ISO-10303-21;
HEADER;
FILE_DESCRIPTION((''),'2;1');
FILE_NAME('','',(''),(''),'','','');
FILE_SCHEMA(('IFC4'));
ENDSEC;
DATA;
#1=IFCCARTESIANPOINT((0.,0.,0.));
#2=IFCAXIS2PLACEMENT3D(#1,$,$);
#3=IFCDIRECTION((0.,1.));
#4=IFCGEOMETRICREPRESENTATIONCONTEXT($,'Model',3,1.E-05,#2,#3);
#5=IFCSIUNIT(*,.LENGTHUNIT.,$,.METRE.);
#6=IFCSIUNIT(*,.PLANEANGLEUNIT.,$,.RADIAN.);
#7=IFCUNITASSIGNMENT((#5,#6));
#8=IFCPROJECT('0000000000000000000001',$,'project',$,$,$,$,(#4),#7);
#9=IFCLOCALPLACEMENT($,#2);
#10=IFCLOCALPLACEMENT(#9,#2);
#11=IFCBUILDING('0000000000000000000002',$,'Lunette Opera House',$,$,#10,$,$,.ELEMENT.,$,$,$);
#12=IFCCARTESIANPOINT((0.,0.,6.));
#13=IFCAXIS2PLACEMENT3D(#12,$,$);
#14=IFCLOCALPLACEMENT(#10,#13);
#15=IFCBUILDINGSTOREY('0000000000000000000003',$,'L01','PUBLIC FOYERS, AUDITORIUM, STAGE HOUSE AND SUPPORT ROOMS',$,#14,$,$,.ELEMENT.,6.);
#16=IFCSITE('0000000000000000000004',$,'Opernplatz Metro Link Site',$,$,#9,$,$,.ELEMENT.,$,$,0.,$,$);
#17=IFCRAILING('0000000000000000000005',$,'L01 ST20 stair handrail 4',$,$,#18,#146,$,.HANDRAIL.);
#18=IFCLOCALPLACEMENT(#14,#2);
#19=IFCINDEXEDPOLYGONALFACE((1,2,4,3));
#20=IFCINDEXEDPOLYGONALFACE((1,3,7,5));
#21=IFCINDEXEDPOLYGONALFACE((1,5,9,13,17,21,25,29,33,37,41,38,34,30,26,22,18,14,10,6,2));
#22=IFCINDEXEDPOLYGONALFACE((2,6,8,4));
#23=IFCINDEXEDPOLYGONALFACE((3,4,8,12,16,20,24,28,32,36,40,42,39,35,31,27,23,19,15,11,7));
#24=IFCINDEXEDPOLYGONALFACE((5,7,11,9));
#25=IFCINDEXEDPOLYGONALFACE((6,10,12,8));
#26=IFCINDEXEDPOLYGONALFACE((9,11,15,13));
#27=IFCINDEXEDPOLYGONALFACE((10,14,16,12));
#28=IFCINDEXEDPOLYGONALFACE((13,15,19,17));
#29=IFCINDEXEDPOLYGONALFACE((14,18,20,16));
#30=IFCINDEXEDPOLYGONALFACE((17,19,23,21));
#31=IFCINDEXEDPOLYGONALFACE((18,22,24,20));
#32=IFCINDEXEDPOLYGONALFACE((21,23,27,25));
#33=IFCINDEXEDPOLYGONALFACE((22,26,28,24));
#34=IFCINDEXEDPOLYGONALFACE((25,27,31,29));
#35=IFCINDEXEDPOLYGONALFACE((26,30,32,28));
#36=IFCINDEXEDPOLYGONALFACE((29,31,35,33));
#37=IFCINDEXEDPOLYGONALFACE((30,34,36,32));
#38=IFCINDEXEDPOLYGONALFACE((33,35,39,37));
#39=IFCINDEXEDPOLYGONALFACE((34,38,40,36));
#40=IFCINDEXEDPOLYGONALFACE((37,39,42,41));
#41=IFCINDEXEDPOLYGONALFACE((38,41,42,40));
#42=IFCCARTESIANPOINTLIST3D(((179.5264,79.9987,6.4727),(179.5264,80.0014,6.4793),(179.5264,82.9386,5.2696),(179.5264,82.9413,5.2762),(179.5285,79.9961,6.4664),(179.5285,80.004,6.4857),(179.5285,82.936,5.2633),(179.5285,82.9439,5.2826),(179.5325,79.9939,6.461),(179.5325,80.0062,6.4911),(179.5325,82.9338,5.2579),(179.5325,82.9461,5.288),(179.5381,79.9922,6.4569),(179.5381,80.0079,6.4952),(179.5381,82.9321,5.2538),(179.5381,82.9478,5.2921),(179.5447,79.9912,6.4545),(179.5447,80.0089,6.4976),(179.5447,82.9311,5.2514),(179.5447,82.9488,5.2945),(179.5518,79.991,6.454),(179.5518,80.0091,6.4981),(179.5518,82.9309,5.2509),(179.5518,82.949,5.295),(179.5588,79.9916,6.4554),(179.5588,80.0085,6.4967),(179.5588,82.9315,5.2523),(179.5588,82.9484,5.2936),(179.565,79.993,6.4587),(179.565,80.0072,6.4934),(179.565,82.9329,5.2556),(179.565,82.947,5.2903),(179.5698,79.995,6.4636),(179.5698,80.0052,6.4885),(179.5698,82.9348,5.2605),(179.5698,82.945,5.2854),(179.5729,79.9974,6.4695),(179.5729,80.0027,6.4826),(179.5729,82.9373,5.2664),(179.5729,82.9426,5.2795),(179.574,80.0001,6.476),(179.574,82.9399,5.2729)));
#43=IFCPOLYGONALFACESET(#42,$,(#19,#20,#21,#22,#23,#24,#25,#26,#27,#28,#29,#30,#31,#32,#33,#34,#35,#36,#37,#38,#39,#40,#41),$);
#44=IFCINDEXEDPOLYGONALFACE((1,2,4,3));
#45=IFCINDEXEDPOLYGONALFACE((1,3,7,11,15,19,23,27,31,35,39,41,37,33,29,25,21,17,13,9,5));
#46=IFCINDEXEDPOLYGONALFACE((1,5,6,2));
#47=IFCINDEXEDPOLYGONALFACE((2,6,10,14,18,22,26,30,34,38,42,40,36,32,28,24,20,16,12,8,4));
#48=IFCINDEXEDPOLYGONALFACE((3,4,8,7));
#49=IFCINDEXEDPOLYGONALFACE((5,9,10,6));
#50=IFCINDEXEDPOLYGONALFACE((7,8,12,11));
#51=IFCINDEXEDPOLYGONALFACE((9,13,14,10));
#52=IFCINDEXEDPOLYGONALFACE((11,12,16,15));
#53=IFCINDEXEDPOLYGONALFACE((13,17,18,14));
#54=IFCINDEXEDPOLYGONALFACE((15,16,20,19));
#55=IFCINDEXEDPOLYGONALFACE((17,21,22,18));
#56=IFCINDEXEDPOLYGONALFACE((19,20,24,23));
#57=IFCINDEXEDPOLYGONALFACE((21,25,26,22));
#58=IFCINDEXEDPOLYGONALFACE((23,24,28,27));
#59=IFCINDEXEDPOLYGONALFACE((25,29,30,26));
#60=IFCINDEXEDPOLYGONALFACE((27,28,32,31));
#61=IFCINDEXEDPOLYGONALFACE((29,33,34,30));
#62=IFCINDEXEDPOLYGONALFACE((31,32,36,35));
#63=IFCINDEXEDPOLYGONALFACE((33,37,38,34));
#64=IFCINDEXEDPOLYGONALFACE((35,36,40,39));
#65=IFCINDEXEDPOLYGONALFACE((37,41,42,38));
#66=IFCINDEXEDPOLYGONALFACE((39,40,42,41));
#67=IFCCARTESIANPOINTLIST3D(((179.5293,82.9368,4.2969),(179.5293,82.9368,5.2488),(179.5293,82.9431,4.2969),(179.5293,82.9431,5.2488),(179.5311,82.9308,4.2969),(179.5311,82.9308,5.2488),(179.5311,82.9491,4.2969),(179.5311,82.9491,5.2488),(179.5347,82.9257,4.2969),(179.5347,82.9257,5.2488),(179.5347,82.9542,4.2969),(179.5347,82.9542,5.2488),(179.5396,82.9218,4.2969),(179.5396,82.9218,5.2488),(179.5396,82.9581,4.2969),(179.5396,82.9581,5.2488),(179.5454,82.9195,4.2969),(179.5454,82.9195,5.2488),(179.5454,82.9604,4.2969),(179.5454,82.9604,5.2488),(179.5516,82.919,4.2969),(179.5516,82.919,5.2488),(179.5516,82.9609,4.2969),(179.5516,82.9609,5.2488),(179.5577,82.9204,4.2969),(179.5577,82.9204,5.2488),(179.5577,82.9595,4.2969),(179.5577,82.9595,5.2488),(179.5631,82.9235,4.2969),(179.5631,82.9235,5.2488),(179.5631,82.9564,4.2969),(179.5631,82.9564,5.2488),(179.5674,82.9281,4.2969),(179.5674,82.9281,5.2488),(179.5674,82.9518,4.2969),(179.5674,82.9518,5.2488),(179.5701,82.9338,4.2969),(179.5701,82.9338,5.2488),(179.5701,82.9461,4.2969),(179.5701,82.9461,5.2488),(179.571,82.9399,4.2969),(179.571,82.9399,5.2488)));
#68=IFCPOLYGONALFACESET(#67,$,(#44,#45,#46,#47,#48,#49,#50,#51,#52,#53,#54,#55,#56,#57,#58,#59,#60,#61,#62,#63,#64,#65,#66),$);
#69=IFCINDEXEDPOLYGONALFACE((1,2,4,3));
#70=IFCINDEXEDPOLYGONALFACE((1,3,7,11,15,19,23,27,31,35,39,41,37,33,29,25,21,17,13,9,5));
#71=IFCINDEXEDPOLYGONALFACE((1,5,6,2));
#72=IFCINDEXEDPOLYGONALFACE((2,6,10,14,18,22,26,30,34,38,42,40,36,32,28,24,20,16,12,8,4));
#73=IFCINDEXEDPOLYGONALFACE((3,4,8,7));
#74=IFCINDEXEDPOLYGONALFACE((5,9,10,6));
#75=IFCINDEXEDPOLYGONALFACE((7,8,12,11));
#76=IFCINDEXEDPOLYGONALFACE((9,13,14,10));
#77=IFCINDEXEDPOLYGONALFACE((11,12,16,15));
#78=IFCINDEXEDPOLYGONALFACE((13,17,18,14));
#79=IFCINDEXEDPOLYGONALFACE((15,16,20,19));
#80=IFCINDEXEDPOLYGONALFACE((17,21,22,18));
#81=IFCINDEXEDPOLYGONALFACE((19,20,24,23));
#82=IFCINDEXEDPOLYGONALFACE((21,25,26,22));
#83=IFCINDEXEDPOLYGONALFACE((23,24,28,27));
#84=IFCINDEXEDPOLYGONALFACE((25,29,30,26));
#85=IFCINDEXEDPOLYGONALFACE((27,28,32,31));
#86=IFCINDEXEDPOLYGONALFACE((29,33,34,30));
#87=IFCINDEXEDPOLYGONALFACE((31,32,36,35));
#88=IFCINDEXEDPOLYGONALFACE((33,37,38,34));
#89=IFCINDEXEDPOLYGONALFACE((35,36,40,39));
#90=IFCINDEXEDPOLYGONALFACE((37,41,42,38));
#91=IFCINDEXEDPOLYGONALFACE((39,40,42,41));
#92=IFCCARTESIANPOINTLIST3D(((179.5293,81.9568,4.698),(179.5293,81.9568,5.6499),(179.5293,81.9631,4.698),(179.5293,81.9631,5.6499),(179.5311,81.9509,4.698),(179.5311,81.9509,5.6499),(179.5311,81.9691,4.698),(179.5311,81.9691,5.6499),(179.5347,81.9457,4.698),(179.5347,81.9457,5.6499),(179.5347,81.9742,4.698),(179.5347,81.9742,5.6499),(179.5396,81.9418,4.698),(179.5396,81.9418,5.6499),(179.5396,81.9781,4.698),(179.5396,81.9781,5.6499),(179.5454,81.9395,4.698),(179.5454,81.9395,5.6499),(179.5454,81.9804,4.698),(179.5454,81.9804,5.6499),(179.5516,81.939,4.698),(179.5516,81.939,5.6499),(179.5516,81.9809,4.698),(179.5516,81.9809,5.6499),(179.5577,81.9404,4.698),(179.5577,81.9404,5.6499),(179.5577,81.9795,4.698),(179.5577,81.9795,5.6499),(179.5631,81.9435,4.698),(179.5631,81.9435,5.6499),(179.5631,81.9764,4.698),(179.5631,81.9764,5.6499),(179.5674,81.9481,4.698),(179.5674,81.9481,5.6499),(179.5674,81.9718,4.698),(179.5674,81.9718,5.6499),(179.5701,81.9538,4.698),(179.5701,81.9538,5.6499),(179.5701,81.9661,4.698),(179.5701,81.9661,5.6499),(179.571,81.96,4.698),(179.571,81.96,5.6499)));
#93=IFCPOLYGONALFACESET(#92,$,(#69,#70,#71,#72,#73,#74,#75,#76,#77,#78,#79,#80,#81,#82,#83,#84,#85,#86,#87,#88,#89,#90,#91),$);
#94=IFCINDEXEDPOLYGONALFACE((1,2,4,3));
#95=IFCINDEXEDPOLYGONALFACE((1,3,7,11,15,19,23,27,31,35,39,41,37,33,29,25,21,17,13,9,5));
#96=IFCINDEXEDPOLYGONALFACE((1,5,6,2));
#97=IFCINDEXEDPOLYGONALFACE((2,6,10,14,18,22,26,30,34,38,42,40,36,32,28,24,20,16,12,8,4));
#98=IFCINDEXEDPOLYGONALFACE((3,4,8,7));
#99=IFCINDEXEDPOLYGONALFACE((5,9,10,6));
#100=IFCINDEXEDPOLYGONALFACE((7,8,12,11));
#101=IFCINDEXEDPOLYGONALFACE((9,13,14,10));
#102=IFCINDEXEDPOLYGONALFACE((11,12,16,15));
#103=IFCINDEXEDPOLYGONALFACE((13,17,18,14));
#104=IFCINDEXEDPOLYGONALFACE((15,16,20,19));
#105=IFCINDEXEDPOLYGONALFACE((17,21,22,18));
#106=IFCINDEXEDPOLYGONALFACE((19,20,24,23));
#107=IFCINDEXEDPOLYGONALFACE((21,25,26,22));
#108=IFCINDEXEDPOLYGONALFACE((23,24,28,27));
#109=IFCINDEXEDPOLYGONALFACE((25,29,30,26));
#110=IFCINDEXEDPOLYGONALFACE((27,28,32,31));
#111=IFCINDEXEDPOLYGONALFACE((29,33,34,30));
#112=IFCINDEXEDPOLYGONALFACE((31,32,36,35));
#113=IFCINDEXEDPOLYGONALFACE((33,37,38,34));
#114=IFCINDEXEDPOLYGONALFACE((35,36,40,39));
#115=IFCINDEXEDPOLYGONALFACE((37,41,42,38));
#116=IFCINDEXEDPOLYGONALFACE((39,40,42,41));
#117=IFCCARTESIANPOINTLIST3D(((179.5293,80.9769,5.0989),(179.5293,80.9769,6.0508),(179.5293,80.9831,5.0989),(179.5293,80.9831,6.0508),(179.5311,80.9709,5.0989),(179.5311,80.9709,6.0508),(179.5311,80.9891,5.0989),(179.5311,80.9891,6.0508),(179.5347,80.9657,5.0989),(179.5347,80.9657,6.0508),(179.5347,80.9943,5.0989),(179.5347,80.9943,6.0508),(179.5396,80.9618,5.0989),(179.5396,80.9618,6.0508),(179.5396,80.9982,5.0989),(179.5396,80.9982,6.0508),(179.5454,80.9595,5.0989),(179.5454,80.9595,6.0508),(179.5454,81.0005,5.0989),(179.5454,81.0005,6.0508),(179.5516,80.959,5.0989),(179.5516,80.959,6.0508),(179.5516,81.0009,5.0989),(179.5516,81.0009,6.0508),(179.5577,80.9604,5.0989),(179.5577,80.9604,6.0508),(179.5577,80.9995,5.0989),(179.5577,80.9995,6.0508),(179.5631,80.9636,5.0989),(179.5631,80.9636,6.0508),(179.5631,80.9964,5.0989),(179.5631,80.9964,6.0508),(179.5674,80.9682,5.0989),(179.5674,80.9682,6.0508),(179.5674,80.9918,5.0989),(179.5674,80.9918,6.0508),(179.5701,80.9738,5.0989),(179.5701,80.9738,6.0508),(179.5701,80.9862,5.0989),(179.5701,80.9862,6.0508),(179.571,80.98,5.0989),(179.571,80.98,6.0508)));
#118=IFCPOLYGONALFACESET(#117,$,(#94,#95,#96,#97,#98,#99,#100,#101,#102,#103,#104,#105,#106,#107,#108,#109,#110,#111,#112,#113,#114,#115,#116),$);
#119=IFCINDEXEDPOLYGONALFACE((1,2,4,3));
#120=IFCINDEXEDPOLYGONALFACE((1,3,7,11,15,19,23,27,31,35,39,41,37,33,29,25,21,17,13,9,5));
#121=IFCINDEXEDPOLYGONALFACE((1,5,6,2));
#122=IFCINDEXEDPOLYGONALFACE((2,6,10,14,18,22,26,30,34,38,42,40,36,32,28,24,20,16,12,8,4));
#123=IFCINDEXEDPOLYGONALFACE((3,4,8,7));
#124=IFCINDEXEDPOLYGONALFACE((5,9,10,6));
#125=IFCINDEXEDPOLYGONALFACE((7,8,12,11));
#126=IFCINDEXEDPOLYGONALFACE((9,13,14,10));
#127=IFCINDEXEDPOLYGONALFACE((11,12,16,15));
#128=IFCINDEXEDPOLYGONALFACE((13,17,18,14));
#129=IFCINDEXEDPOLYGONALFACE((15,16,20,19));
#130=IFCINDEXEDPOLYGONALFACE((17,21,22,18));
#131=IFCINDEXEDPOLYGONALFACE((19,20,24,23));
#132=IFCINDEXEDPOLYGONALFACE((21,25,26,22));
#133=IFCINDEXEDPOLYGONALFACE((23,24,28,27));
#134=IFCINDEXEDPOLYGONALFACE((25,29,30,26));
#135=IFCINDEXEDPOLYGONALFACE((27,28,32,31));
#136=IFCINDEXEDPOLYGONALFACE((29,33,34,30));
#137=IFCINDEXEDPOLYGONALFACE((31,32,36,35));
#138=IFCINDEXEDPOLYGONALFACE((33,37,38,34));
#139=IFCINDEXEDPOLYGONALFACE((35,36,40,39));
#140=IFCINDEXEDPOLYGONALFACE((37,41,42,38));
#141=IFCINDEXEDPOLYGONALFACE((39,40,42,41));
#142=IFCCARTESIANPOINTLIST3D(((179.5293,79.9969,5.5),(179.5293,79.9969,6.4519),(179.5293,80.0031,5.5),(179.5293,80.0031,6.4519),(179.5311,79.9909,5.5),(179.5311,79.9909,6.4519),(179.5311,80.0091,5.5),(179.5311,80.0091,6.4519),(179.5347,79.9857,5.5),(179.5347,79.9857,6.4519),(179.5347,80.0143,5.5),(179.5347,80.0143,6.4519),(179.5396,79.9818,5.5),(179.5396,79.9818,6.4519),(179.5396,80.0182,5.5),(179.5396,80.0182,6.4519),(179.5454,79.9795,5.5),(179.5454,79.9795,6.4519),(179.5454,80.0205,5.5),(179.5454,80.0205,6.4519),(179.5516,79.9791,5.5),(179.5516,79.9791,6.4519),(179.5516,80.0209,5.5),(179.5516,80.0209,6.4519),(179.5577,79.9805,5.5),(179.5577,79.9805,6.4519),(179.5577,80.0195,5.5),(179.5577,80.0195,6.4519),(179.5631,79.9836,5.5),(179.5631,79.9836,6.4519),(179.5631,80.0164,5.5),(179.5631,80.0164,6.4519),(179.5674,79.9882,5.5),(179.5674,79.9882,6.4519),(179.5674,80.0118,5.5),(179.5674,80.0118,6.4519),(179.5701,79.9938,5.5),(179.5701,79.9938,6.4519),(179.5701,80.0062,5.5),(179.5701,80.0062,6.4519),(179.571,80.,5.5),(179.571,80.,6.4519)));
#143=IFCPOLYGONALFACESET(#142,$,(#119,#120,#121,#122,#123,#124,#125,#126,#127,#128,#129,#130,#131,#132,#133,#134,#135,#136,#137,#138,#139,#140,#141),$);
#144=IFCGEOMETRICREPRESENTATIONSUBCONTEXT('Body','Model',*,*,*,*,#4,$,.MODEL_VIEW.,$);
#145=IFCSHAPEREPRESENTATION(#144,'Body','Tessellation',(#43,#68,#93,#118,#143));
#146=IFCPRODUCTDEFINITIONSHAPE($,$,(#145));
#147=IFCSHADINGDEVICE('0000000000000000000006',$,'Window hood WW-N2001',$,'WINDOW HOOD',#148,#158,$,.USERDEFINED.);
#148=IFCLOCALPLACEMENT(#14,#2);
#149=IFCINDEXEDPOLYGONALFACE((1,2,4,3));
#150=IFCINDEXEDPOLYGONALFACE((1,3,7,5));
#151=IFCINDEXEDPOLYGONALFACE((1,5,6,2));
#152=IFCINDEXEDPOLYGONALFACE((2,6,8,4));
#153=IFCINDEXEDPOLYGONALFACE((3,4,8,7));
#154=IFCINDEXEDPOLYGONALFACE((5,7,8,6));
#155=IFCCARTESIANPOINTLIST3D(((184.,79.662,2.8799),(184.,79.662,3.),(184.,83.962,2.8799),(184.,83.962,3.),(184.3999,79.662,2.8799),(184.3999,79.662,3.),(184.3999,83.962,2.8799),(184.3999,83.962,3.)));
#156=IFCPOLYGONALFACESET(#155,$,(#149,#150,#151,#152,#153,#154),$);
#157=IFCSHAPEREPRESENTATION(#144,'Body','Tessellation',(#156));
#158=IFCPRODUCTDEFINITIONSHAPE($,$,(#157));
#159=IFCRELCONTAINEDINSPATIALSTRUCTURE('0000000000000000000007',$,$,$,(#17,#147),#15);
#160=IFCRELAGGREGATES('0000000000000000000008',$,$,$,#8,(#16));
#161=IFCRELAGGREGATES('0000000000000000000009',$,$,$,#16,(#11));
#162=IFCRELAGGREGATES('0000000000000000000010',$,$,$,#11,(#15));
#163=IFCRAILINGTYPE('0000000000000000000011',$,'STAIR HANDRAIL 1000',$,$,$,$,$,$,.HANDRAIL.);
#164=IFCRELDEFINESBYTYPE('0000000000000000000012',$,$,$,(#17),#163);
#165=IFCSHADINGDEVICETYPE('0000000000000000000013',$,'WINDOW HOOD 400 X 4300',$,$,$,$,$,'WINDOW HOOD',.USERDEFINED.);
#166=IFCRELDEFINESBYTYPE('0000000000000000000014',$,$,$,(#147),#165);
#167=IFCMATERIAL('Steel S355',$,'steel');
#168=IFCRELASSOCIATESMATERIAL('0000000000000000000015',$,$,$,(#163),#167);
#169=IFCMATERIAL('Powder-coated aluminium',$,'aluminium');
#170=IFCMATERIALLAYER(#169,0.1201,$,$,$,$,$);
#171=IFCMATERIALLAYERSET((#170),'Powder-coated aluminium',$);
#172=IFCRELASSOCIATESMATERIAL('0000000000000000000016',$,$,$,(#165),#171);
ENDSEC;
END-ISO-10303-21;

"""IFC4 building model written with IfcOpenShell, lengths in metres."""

from ifc_helpers import new_model, si_unit, direction, frame, origin, origin_2d, place, context, subcontext, project, spatial, rectangle, circle, extrude, material, layer, layer_set, type_object, element, save


model = new_model("IFC4")

# Units and contexts
model_context = context("Model", 3, precision=1e-05, world=origin(), true_north=direction((0.0, 1.0)))
body_context = subcontext(model_context, "Body", "Model", "MODEL_VIEW")
ifc_project = project(units=[si_unit("LENGTHUNIT", "METRE"), si_unit("PLANEANGLEUNIT", "RADIAN")], contexts=[model_context])

# Site, building, storey
site_placement = place(None, origin())
site = spatial("IfcSite", under=ifc_project, at=site_placement, Name="Opernplatz Metro Link Site", CompositionType="ELEMENT", RefElevation=0.0)
building_placement = place(site_placement, origin())
building = spatial("IfcBuilding", under=site, at=building_placement, Name="Lunette Opera House", CompositionType="ELEMENT")
storey_placement = place(building_placement, frame((0.0, 0.0, 6.0)))
storey = spatial("IfcBuildingStorey", under=building, at=storey_placement, Name="L01", Description="PUBLIC FOYERS, AUDITORIUM, STAGE HOUSE AND SUPPORT ROOMS", CompositionType="ELEMENT", Elevation=6.0)

# Railing
ifc_material_1 = material(Name="Steel S355", Category="steel")
railing_type_1 = type_object("IfcRailingType", Name="STAIR HANDRAIL 1000", PredefinedType="HANDRAIL", material=ifc_material_1)
for number, where, name in (
    (1, (179.55, 82.9399, 4.2969), "L01 ST20 stair handrail 4"),
):
    element("IfcRailing", number, at=place(storey_placement, frame(where)), inside=storey, type_object=railing_type_1, Name=name, PredefinedType="HANDRAIL", context=body_context, shape_type="SweptSolid", body=[
        extrude(circle(Radius=0.0239, at=origin_2d()), frame((0.0, 0.0, 0.9761), z_axis=(0.0, -0.9255, 0.378747), x_axis=(1.0, 0.0, 0.0)), (0.0, 0.0, 1.0), 3.1765),
        extrude(circle(Radius=0.021, at=origin_2d()), origin(), (0.0, 0.0, 1.0), 0.9519),
        extrude(circle(Radius=0.021, at=origin_2d()), frame((0.0, -0.98, 0.4011)), (0.0, 0.0, 1.0), 0.9519),
        extrude(circle(Radius=0.021, at=origin_2d()), frame((0.0, -1.96, 0.802)), (0.0, 0.0, 1.0), 0.9519),
        extrude(circle(Radius=0.021, at=origin_2d()), frame((0.0, -2.9399, 1.2031)), (0.0, 0.0, 1.0), 0.9519),
    ])

# Shading device
ifc_material_2 = material(Name="Powder-coated aluminium", Category="aluminium")
ifc_layer_1 = layer(ifc_material_2, 0.1201)
ifc_layer_set_1 = layer_set([ifc_layer_1], Name="Powder-coated aluminium")
shading_device_type = type_object("IfcShadingDeviceType", Name="WINDOW HOOD 400 X 4300", ElementType="WINDOW HOOD", PredefinedType="USERDEFINED", material=ifc_layer_set_1)
shading_device_placement = place(storey_placement, frame((184.2, 81.812, 2.8799), z_axis=(0.0, 0.0, 1.0), x_axis=(1.0, 0.0, 0.0)))
element("IfcShadingDevice", 2, at=shading_device_placement, inside=storey, type_object=shading_device_type, Name="Window hood WW-N2001", ObjectType="WINDOW HOOD", PredefinedType="USERDEFINED", context=body_context, shape_type="SweptSolid", body=[
    extrude(rectangle(XDim=0.3999, YDim=4.3, at=origin_2d()), origin(), (0.0, 0.0, 1.0), 0.1201),
])

save(model, "model.ifc")
